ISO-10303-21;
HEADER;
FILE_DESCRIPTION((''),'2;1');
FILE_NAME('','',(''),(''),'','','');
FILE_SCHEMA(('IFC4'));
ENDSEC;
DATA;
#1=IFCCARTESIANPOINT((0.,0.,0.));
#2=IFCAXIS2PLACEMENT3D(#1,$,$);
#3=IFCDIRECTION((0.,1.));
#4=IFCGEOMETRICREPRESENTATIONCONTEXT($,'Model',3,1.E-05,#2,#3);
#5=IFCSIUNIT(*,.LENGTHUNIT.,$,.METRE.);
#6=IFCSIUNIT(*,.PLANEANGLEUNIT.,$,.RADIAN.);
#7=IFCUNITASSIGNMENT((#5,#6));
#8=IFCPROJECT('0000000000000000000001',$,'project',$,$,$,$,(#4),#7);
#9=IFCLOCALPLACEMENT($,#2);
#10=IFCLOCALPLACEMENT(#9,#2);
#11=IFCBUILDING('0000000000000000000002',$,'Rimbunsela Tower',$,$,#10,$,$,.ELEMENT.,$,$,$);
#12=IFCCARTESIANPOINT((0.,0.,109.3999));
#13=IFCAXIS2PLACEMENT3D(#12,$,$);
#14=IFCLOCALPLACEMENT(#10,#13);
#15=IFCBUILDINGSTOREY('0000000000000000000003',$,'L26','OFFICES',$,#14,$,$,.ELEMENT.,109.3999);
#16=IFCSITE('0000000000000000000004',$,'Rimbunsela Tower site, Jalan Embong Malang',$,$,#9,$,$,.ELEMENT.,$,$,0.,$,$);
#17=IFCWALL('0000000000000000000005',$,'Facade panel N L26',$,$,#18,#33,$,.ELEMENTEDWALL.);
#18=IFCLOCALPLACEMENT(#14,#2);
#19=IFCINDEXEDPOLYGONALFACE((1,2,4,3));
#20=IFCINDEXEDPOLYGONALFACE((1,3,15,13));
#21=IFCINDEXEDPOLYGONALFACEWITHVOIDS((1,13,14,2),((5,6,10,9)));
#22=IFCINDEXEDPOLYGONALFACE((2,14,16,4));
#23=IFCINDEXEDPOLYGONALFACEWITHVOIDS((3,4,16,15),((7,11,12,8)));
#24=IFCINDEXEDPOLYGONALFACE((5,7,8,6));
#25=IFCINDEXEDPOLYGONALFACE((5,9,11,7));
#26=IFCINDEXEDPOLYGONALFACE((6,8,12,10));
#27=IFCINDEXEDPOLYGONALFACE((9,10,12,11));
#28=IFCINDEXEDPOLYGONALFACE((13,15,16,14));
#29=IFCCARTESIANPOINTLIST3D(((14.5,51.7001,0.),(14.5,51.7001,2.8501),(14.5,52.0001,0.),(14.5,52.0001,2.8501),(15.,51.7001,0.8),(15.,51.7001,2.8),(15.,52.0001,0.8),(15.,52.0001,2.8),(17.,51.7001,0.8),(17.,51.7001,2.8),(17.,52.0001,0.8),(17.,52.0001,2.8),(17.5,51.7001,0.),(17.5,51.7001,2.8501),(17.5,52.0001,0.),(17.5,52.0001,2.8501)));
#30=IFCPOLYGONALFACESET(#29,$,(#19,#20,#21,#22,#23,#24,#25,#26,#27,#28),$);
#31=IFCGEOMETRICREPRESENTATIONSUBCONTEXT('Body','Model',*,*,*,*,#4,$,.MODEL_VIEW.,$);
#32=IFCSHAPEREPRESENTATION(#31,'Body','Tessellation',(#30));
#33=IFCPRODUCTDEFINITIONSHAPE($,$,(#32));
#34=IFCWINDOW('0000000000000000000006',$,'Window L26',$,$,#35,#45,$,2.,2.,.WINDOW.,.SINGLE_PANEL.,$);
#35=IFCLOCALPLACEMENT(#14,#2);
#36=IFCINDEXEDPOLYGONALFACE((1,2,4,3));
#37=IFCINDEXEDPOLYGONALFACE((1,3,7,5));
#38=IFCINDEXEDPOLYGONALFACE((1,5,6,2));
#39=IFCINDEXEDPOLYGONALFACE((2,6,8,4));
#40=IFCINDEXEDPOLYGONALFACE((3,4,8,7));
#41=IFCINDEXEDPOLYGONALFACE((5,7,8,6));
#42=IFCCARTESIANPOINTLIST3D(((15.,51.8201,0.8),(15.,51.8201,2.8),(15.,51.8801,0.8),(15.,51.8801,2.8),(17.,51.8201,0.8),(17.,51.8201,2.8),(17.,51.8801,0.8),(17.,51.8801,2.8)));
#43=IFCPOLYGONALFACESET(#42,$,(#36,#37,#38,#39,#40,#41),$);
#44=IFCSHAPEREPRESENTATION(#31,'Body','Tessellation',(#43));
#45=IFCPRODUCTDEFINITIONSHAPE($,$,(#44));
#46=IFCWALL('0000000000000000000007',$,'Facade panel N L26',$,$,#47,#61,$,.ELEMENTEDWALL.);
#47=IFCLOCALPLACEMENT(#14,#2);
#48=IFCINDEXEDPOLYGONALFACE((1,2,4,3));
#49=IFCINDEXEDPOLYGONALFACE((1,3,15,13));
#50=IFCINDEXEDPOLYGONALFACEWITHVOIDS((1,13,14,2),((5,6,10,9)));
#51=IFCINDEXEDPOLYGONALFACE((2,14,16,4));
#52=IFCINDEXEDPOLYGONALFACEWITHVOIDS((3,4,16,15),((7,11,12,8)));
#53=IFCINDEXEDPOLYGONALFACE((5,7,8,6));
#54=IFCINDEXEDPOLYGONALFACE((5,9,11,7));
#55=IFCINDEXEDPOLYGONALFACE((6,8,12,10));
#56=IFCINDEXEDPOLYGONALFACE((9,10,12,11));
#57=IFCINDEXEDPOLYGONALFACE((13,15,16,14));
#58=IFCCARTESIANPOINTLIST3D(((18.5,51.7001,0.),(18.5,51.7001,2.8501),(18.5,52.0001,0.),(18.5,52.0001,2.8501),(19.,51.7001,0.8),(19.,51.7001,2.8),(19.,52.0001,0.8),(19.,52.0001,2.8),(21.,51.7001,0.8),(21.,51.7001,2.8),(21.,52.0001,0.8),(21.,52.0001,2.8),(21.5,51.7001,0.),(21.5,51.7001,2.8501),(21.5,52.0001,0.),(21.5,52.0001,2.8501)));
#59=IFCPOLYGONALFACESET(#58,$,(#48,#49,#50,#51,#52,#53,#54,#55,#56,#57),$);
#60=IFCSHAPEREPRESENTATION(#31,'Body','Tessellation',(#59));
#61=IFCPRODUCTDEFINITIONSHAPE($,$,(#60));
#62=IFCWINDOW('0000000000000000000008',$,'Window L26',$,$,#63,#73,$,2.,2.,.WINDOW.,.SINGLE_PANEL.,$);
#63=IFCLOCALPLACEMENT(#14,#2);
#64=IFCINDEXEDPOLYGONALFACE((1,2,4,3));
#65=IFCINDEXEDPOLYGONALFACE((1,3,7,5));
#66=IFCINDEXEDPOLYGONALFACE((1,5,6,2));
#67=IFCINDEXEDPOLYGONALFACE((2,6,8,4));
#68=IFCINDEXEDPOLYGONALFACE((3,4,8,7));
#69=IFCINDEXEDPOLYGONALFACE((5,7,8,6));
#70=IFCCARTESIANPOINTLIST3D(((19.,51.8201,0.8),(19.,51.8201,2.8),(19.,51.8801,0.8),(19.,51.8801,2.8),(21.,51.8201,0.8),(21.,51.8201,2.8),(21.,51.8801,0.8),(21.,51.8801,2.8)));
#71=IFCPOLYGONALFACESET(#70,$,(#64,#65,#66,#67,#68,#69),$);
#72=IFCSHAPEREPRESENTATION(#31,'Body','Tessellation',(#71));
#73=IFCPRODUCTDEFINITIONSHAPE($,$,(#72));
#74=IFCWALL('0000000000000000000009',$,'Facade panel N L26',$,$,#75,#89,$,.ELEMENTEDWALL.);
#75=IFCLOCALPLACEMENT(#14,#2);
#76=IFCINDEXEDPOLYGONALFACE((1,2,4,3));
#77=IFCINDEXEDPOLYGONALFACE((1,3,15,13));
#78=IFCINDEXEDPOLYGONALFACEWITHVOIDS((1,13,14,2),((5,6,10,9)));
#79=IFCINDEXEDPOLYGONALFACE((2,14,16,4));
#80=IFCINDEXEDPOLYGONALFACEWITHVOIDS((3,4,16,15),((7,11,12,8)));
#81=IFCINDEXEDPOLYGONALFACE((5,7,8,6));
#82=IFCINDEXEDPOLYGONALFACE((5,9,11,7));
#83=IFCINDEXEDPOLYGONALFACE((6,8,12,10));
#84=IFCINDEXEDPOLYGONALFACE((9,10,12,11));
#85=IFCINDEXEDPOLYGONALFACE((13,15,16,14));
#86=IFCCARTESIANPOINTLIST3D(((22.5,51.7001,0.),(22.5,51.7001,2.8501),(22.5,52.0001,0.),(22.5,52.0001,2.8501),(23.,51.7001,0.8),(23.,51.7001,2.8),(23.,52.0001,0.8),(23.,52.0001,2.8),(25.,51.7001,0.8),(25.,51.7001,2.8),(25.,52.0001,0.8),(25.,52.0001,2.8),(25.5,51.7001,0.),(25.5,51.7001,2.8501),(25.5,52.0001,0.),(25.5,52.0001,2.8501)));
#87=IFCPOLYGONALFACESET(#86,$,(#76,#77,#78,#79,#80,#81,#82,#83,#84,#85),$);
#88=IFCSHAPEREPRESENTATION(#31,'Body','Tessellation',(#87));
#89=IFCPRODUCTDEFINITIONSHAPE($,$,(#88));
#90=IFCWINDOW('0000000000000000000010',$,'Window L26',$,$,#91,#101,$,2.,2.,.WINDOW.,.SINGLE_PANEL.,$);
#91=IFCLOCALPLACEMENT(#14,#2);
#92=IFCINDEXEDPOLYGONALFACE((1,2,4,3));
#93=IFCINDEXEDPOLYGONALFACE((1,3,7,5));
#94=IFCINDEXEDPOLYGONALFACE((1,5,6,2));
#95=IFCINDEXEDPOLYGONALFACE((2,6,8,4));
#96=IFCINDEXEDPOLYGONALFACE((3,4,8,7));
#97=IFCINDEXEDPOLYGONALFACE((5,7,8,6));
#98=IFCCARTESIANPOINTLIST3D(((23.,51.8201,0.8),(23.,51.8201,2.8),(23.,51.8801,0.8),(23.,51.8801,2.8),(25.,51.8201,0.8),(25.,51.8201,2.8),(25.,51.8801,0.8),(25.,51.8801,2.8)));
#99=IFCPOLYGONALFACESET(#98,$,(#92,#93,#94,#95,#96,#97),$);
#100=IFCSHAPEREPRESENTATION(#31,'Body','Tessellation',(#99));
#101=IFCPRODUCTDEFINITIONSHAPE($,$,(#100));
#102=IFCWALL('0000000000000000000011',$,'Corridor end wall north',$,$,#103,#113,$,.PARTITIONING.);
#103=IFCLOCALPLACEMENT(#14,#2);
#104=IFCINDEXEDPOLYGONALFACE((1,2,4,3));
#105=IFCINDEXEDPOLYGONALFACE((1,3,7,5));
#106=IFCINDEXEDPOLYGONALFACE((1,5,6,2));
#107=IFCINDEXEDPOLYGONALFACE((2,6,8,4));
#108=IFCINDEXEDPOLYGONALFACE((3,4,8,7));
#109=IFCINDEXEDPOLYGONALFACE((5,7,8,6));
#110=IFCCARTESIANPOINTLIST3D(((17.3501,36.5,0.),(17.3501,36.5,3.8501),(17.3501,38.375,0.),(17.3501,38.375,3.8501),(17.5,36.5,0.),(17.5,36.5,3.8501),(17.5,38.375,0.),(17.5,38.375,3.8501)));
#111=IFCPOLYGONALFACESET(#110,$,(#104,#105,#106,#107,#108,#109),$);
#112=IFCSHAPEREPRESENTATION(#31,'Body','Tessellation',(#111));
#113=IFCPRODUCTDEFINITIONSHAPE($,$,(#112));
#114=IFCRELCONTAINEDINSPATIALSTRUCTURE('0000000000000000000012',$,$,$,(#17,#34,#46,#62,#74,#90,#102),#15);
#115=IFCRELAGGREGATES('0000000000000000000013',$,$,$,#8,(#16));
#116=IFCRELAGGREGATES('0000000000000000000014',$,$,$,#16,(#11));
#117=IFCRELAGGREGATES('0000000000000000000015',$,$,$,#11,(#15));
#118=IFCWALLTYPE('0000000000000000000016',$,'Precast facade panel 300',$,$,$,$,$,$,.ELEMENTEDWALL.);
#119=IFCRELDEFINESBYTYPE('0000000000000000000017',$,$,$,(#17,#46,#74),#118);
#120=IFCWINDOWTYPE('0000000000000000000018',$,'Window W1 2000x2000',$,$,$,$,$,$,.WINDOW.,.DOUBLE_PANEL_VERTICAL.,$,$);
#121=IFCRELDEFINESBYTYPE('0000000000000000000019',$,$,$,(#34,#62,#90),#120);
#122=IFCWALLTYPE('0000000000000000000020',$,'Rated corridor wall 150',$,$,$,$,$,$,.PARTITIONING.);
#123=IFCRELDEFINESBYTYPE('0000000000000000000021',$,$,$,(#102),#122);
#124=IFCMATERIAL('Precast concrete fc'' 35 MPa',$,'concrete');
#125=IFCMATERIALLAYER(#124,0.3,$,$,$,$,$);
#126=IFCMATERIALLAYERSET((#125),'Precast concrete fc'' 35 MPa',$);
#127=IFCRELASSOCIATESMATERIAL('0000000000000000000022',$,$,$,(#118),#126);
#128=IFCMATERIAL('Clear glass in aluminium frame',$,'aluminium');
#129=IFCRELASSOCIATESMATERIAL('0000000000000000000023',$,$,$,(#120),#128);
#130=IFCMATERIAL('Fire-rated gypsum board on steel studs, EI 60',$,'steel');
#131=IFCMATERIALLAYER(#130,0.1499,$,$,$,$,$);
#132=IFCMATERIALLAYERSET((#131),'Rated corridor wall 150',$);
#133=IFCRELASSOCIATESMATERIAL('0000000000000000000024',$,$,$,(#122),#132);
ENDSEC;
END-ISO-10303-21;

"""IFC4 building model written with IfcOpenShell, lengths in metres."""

from ifc_helpers import new_model, si_unit, direction, frame, frame_2d, origin, place, context, subcontext, project, spatial, rectangle, extrude, material, layer, layer_set, type_object, element, fill, save


model = new_model("IFC4")

# Units and contexts
model_context = context("Model", 3, precision=1e-05, world=origin(), true_north=direction((0.0, 1.0)))
body_context = subcontext(model_context, "Body", "Model", "MODEL_VIEW")
ifc_project = project(units=[si_unit("LENGTHUNIT", "METRE"), si_unit("PLANEANGLEUNIT", "RADIAN")], contexts=[model_context])

# Site, building, storey
site_placement = place(None, origin())
site = spatial("IfcSite", under=ifc_project, at=site_placement, Name="Rimbunsela Tower site, Jalan Embong Malang", CompositionType="ELEMENT", RefElevation=0.0)
building_placement = place(site_placement, origin())
building = spatial("IfcBuilding", under=site, at=building_placement, Name="Rimbunsela Tower", CompositionType="ELEMENT")
storey_placement = place(building_placement, frame((0.0, 0.0, 109.3999)))
storey = spatial("IfcBuildingStorey", under=building, at=storey_placement, Name="L26", Description="OFFICES", CompositionType="ELEMENT", Elevation=109.3999)

# Shared definitions
ifc_material_1 = material(Name="Precast concrete fc' 35 MPa", Category="concrete")
ifc_layer_1 = layer(ifc_material_1, 0.3)
ifc_layer_set_1 = layer_set([ifc_layer_1], Name="Precast concrete fc' 35 MPa")
wall_type_1 = type_object("IfcWallType", Name="Precast facade panel 300", PredefinedType="ELEMENTEDWALL", material=ifc_layer_set_1)

# Walls, openings, windows
wall_1_placement = place(storey_placement, frame((17.5, 51.8501, 0.0), z_axis=(0.0, 0.0, 1.0), x_axis=(-1.0, 0.0, 0.0)))
wall_1 = element("IfcWall", 1, at=wall_1_placement, inside=storey, type_object=wall_type_1, Name="Facade panel N L26", PredefinedType="ELEMENTEDWALL", context=body_context, shape_type="SweptSolid", body=[
    extrude(rectangle(XDim=3.0, YDim=0.3, at=frame_2d((1.5, 0.0))), origin(), (0.0, 0.0, 1.0), 2.8501),
])
opening_1_placement = place(wall_1_placement, frame((0.5, 0.0, 0.8)))
opening_1 = element("IfcOpeningElement", 2, at=opening_1_placement, cuts=wall_1, PredefinedType="OPENING", context=body_context, shape_type="SweptSolid", body=[
    extrude(rectangle(XDim=2.0, YDim=2.0, at=frame_2d((1.0, 1.0))), frame((0.0, 0.1599, 0.0), z_axis=(0.0, -1.0, 0.0), x_axis=(1.0, 0.0, 0.0)), (0.0, 0.0, 1.0), 0.3201),
])
ifc_material_2 = material(Name="Clear glass in aluminium frame", Category="aluminium")
window_type = type_object("IfcWindowType", Name="Window W1 2000x2000", PartitioningType="DOUBLE_PANEL_VERTICAL", PredefinedType="WINDOW", material=ifc_material_2)
window_1_placement = place(opening_1_placement, origin())
window_1 = element("IfcWindow", 3, at=window_1_placement, inside=storey, type_object=window_type, Name="Window L26", OverallHeight=2.0, OverallWidth=2.0, PartitioningType="SINGLE_PANEL", PredefinedType="WINDOW", context=body_context, shape_type="SweptSolid", body=[
    extrude(rectangle(XDim=2.0, YDim=2.0, at=frame_2d((1.0, 1.0))), frame((0.0, 0.03, 0.0), z_axis=(0.0, -1.0, 0.0), x_axis=(1.0, 0.0, 0.0)), (0.0, 0.0, 1.0), 0.0601),
])
fill(opening_1, window_1)
wall_2_placement = place(storey_placement, frame((21.5, 51.8501, 0.0), z_axis=(0.0, 0.0, 1.0), x_axis=(-1.0, 0.0, 0.0)))
wall_2 = element("IfcWall", 4, at=wall_2_placement, inside=storey, type_object=wall_type_1, Name="Facade panel N L26", PredefinedType="ELEMENTEDWALL", context=body_context, shape_type="SweptSolid", body=[
    extrude(rectangle(XDim=3.0, YDim=0.3, at=frame_2d((1.5, 0.0))), origin(), (0.0, 0.0, 1.0), 2.8501),
])
opening_2_placement = place(wall_2_placement, frame((0.5, 0.0, 0.8)))
opening_2 = element("IfcOpeningElement", 5, at=opening_2_placement, cuts=wall_2, PredefinedType="OPENING", context=body_context, shape_type="SweptSolid", body=[
    extrude(rectangle(XDim=2.0, YDim=2.0, at=frame_2d((1.0, 1.0))), frame((0.0, 0.1599, 0.0), z_axis=(0.0, -1.0, 0.0), x_axis=(1.0, 0.0, 0.0)), (0.0, 0.0, 1.0), 0.3201),
])
window_2_placement = place(opening_2_placement, origin())
window_2 = element("IfcWindow", 6, at=window_2_placement, inside=storey, type_object=window_type, Name="Window L26", OverallHeight=2.0, OverallWidth=2.0, PartitioningType="SINGLE_PANEL", PredefinedType="WINDOW", context=body_context, shape_type="SweptSolid", body=[
    extrude(rectangle(XDim=2.0, YDim=2.0, at=frame_2d((1.0, 1.0))), frame((0.0, 0.03, 0.0), z_axis=(0.0, -1.0, 0.0), x_axis=(1.0, 0.0, 0.0)), (0.0, 0.0, 1.0), 0.0601),
])
fill(opening_2, window_2)
wall_3_placement = place(storey_placement, frame((25.5, 51.8501, 0.0), z_axis=(0.0, 0.0, 1.0), x_axis=(-1.0, 0.0, 0.0)))
wall_3 = element("IfcWall", 7, at=wall_3_placement, inside=storey, type_object=wall_type_1, Name="Facade panel N L26", PredefinedType="ELEMENTEDWALL", context=body_context, shape_type="SweptSolid", body=[
    extrude(rectangle(XDim=3.0, YDim=0.3, at=frame_2d((1.5, 0.0))), origin(), (0.0, 0.0, 1.0), 2.8501),
])
opening_3_placement = place(wall_3_placement, frame((0.5, 0.0, 0.8)))
opening_3 = element("IfcOpeningElement", 8, at=opening_3_placement, cuts=wall_3, PredefinedType="OPENING", context=body_context, shape_type="SweptSolid", body=[
    extrude(rectangle(XDim=2.0, YDim=2.0, at=frame_2d((1.0, 1.0))), frame((0.0, 0.1599, 0.0), z_axis=(0.0, -1.0, 0.0), x_axis=(1.0, 0.0, 0.0)), (0.0, 0.0, 1.0), 0.3201),
])
window_3_placement = place(opening_3_placement, origin())
window_3 = element("IfcWindow", 9, at=window_3_placement, inside=storey, type_object=window_type, Name="Window L26", OverallHeight=2.0, OverallWidth=2.0, PartitioningType="SINGLE_PANEL", PredefinedType="WINDOW", context=body_context, shape_type="SweptSolid", body=[
    extrude(rectangle(XDim=2.0, YDim=2.0, at=frame_2d((1.0, 1.0))), frame((0.0, 0.03, 0.0), z_axis=(0.0, -1.0, 0.0), x_axis=(1.0, 0.0, 0.0)), (0.0, 0.0, 1.0), 0.0601),
])
fill(opening_3, window_3)

# Wall
ifc_material_3 = material(Name="Fire-rated gypsum board on steel studs, EI 60", Category="steel")
ifc_layer_2 = layer(ifc_material_3, 0.1499)
ifc_layer_set_2 = layer_set([ifc_layer_2], Name="Rated corridor wall 150")
wall_type_2 = type_object("IfcWallType", Name="Rated corridor wall 150", PredefinedType="PARTITIONING", material=ifc_layer_set_2)
wall_4_placement = place(storey_placement, frame((17.425, 36.5, 0.0), z_axis=(0.0, 0.0, 1.0), x_axis=(0.0, 1.0, 0.0)))
element("IfcWall", 10, at=wall_4_placement, inside=storey, type_object=wall_type_2, Name="Corridor end wall north", PredefinedType="PARTITIONING", context=body_context, shape_type="SweptSolid", body=[
    extrude(rectangle(XDim=1.875, YDim=0.1499, at=frame_2d((0.9375, 0.0))), origin(), (0.0, 0.0, 1.0), 3.8501),
])

save(model, "model.ifc")
